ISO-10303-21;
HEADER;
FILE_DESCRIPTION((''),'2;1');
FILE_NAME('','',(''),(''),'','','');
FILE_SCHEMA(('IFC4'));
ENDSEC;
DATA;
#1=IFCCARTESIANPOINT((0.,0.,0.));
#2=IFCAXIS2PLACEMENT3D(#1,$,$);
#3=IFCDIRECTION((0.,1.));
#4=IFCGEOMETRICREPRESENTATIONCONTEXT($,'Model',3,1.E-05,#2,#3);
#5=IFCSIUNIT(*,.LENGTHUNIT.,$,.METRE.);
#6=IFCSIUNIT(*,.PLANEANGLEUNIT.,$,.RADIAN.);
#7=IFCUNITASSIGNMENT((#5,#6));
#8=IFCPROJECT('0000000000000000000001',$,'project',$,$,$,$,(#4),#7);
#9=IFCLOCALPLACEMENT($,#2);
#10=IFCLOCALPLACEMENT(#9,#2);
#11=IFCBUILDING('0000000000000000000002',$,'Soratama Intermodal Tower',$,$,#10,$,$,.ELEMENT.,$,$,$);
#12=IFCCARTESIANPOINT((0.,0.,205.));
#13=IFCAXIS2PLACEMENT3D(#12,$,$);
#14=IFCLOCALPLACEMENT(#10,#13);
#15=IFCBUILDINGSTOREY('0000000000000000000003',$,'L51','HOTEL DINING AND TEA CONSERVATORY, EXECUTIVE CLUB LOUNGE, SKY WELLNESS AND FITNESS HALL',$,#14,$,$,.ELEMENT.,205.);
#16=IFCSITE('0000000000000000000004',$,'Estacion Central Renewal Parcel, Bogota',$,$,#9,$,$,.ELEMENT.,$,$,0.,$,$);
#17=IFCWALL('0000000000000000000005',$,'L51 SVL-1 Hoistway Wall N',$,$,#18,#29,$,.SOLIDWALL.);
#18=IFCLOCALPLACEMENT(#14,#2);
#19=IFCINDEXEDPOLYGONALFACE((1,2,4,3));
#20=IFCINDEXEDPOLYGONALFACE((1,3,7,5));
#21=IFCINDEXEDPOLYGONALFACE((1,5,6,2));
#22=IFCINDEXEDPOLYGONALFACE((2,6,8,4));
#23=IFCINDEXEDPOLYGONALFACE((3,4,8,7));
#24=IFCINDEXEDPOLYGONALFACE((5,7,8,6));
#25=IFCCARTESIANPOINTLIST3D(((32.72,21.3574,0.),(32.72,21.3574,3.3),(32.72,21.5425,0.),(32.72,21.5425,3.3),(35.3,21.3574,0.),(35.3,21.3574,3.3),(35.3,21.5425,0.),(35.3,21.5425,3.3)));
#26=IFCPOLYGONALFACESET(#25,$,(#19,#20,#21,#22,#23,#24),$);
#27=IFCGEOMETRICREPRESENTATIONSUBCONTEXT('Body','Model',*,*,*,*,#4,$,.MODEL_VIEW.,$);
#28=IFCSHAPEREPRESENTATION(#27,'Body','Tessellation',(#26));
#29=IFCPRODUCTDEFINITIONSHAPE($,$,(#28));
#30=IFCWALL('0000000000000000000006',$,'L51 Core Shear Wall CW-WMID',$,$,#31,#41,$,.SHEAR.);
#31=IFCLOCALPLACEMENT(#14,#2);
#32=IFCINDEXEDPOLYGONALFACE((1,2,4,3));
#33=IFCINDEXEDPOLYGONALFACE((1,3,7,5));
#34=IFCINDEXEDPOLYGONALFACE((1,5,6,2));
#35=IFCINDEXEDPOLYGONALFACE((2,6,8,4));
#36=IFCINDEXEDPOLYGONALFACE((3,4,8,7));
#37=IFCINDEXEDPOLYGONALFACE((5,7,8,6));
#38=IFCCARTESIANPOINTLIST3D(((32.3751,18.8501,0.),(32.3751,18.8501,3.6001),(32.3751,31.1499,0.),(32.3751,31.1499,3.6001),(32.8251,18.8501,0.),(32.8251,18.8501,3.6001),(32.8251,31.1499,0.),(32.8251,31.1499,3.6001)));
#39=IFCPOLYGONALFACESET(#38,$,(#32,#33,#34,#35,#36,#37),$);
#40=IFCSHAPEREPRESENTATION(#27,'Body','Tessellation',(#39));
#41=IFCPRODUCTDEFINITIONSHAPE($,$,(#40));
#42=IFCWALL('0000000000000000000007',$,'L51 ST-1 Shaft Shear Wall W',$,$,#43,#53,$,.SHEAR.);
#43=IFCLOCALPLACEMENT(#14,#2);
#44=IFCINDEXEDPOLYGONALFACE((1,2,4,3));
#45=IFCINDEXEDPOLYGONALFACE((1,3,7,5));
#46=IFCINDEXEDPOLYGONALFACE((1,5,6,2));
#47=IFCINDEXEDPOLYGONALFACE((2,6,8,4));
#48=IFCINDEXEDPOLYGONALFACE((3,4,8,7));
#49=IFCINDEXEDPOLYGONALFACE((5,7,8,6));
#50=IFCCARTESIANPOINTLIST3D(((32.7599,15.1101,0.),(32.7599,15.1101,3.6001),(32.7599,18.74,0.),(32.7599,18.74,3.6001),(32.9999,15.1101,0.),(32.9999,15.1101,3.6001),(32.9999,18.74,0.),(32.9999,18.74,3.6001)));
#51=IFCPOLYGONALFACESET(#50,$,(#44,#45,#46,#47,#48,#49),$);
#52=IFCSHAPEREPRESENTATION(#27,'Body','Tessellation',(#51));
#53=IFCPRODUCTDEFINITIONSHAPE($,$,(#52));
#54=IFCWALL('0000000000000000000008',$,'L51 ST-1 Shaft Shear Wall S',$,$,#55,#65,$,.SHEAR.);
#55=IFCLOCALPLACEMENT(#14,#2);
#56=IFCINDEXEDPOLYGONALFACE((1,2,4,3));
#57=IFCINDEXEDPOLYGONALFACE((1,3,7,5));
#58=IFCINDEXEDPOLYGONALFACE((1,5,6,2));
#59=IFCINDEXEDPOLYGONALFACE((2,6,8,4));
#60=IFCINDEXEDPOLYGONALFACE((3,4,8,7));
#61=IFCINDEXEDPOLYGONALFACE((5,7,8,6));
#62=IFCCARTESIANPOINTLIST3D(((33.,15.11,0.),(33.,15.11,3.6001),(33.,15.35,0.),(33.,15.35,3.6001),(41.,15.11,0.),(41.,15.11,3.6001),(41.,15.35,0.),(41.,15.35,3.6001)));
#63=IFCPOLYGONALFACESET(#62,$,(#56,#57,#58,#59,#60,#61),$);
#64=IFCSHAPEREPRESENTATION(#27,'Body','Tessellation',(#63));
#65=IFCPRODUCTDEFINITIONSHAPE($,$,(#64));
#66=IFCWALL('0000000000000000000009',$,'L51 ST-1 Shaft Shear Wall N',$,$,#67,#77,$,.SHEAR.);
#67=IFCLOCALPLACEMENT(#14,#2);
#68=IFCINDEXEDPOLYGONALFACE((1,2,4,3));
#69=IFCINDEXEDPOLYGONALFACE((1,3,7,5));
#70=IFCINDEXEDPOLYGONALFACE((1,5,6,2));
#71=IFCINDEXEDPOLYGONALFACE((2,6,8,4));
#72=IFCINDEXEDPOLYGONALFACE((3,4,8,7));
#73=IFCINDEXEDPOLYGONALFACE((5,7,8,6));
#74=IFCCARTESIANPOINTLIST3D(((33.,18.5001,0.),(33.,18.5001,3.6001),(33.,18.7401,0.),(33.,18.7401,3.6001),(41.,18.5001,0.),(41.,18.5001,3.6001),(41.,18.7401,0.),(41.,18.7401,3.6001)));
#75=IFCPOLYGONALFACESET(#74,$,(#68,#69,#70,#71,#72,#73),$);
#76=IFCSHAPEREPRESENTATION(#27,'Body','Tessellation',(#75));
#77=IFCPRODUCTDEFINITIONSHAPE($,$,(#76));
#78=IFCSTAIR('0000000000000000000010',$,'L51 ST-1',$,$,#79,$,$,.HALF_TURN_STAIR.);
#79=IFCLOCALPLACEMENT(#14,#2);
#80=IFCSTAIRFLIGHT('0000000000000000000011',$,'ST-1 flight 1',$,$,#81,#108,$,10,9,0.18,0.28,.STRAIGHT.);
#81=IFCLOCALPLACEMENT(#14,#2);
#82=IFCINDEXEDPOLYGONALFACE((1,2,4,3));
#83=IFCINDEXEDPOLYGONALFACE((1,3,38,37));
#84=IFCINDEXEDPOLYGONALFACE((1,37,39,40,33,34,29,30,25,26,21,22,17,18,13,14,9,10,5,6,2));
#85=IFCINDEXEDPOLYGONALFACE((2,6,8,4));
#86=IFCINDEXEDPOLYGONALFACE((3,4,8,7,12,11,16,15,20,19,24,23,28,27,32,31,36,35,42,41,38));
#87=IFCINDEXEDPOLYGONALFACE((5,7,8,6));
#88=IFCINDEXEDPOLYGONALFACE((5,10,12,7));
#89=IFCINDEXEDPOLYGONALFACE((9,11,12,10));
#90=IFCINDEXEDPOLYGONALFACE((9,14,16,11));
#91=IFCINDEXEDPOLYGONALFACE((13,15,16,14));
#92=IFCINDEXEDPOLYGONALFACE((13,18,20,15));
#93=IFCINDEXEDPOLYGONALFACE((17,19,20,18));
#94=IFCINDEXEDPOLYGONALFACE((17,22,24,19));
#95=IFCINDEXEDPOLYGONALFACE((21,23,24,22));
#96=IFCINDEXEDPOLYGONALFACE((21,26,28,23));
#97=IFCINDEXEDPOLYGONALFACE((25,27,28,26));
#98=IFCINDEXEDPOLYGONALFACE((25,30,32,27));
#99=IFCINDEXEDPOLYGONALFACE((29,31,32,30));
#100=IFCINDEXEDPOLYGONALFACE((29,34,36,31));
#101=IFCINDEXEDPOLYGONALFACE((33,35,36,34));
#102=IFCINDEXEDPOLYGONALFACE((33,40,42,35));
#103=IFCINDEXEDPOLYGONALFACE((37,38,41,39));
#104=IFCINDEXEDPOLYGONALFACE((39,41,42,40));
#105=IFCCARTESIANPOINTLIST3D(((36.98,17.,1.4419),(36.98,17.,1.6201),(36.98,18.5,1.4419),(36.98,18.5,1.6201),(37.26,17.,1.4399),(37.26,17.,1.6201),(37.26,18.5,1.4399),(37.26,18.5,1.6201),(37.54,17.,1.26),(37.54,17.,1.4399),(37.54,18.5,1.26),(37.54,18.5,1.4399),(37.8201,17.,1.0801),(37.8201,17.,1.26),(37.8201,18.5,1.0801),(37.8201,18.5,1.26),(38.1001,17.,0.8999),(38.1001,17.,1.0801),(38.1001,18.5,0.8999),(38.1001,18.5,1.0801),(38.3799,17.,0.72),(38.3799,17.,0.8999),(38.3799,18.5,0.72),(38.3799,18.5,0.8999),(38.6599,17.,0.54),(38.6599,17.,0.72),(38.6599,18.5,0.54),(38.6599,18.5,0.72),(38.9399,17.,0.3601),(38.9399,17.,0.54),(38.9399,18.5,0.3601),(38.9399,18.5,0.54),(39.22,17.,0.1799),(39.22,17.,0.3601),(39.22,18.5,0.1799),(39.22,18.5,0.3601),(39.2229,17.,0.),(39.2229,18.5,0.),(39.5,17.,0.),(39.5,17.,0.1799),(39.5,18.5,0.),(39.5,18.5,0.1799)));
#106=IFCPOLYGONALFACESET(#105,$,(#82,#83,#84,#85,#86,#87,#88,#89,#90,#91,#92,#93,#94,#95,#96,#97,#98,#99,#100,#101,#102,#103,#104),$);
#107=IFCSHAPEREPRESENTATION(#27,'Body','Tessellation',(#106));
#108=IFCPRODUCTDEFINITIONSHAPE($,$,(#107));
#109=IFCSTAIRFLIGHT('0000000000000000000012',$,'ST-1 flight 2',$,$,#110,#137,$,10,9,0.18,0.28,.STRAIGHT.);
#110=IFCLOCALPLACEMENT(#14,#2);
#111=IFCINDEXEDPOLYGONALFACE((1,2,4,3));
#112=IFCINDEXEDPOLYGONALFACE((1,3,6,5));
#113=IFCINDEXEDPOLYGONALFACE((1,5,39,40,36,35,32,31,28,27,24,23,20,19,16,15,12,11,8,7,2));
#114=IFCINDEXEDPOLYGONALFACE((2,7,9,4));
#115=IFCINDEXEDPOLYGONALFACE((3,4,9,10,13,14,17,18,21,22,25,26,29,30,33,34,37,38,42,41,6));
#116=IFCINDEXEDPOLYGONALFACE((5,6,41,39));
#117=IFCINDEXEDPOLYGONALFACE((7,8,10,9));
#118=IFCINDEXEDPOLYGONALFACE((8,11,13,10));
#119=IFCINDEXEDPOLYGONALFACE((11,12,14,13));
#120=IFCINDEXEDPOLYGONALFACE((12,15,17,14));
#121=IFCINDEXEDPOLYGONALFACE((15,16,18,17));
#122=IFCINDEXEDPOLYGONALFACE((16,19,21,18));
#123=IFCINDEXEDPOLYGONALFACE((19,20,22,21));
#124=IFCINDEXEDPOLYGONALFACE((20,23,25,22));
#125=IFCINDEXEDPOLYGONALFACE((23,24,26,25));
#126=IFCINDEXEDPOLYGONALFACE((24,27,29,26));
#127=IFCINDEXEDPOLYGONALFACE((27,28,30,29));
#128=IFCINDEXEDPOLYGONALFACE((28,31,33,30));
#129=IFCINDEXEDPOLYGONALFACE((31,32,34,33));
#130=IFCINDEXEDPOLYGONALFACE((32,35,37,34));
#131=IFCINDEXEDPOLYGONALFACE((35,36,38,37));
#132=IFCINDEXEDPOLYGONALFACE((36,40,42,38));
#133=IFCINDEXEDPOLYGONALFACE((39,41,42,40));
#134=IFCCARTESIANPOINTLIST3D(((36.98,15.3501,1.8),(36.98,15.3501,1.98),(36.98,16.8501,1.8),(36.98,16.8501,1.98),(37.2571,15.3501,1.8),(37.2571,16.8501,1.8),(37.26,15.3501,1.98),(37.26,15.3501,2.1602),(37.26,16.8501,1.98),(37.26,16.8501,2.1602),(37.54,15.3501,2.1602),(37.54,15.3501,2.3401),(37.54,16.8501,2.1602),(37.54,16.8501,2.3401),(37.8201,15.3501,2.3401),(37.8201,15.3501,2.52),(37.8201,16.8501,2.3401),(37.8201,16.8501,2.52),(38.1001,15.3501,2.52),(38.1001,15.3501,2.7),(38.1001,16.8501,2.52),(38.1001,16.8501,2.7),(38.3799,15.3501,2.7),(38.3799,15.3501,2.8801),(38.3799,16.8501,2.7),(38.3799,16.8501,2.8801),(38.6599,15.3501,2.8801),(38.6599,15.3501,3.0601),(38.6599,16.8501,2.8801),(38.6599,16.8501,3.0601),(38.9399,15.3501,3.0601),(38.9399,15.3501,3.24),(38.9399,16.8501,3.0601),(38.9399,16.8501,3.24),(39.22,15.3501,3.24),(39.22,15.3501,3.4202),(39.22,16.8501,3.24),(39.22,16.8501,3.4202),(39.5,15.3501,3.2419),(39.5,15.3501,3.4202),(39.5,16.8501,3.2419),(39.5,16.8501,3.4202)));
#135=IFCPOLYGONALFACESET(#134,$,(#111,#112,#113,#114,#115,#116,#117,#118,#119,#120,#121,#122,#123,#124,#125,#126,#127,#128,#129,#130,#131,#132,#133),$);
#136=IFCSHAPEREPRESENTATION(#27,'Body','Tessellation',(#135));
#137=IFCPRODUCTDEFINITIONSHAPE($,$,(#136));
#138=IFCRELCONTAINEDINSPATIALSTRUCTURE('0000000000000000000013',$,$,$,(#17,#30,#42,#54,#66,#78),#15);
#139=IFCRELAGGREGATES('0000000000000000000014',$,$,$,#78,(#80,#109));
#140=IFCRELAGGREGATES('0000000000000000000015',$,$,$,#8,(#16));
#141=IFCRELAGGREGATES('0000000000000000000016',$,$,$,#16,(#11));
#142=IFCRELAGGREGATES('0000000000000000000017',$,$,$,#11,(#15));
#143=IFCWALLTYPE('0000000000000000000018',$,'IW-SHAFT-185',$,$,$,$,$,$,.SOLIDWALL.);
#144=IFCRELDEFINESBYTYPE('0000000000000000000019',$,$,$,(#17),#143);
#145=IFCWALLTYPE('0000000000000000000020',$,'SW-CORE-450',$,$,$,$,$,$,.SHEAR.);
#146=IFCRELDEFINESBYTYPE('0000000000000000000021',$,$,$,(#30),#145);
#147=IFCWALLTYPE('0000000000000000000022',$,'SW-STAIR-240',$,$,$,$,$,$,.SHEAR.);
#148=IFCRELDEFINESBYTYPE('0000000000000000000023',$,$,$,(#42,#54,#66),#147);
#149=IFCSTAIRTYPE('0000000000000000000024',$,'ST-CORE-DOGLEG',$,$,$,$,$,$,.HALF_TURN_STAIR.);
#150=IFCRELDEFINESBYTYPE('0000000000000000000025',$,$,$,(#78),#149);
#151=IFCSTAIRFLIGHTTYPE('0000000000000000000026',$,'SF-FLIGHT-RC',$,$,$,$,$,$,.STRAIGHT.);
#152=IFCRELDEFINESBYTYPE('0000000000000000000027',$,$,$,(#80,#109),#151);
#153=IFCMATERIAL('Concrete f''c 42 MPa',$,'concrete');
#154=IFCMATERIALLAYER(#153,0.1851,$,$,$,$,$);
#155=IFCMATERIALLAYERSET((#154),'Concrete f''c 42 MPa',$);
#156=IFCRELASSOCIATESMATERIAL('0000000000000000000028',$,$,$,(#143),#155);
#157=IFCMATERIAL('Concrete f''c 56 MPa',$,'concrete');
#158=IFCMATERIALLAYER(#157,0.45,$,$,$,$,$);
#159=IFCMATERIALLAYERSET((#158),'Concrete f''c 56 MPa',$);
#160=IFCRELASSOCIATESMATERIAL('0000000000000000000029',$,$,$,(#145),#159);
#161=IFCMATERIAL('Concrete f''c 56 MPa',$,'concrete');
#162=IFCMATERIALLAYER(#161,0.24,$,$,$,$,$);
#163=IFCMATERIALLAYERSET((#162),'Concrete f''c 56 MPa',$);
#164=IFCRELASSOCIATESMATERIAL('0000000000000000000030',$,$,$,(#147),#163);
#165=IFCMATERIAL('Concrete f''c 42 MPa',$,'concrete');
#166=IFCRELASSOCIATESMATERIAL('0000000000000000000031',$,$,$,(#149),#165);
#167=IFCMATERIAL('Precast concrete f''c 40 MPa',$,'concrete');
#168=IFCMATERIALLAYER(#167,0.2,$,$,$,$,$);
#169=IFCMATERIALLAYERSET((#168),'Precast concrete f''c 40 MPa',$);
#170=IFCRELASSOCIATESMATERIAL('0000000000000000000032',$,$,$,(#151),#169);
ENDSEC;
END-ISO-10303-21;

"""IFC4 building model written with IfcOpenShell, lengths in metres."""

from ifc_helpers import new_model, si_unit, direction, frame, frame_2d, origin, place, context, subcontext, project, spatial, polyline, rectangle, outline, extrude, material, layer, layer_set, type_object, element, aggregate, save


model = new_model("IFC4")

# Units and contexts
model_context = context("Model", 3, precision=1e-05, world=origin(), true_north=direction((0.0, 1.0)))
body_context = subcontext(model_context, "Body", "Model", "MODEL_VIEW")
ifc_project = project(units=[si_unit("LENGTHUNIT", "METRE"), si_unit("PLANEANGLEUNIT", "RADIAN")], contexts=[model_context])

# Site, building, storey
site_placement = place(None, origin())
site = spatial("IfcSite", under=ifc_project, at=site_placement, Name="Estacion Central Renewal Parcel, Bogota", CompositionType="ELEMENT", RefElevation=0.0)
building_placement = place(site_placement, origin())
building = spatial("IfcBuilding", under=site, at=building_placement, Name="Soratama Intermodal Tower", CompositionType="ELEMENT")
storey_placement = place(building_placement, frame((0.0, 0.0, 205.0)))
storey = spatial("IfcBuildingStorey", under=building, at=storey_placement, Name="L51", Description="HOTEL DINING AND TEA CONSERVATORY, EXECUTIVE CLUB LOUNGE, SKY WELLNESS AND FITNESS HALL", CompositionType="ELEMENT", Elevation=205.0)

# Shared definitions
ifc_material_1 = material(Name="Concrete f'c 42 MPa", Category="concrete")
ifc_layer_1 = layer(ifc_material_1, 0.1851)
ifc_layer_set_1 = layer_set([ifc_layer_1], Name="Concrete f'c 42 MPa")
wall_type_1 = type_object("IfcWallType", Name="IW-SHAFT-185", PredefinedType="SOLIDWALL", material=ifc_layer_set_1)

# Wall
wall_1_placement = place(storey_placement, frame((32.72, 21.45, 0.0), z_axis=(0.0, 0.0, 1.0), x_axis=(1.0, 0.0, 0.0)))
element("IfcWall", 1, at=wall_1_placement, inside=storey, type_object=wall_type_1, Name="L51 SVL-1 Hoistway Wall N", PredefinedType="SOLIDWALL", context=body_context, shape_type="SweptSolid", body=[
    extrude(rectangle(XDim=2.5801, YDim=0.1851, at=frame_2d((1.29, 0.0))), origin(), (0.0, 0.0, 1.0), 3.3),
])

# Walls
ifc_material_2 = material(Name="Concrete f'c 56 MPa", Category="concrete")
ifc_layer_2 = layer(ifc_material_2, 0.45)
ifc_layer_set_2 = layer_set([ifc_layer_2], Name="Concrete f'c 56 MPa")
wall_type_2 = type_object("IfcWallType", Name="SW-CORE-450", PredefinedType="SHEAR", material=ifc_layer_set_2)
wall_2_placement = place(storey_placement, frame((32.6001, 18.8501, 0.0), z_axis=(0.0, 0.0, 1.0), x_axis=(0.0, 1.0, 0.0)))
element("IfcWall", 2, at=wall_2_placement, inside=storey, type_object=wall_type_2, Name="L51 Core Shear Wall CW-WMID", PredefinedType="SHEAR", context=body_context, shape_type="SweptSolid", body=[
    extrude(rectangle(XDim=12.2998, YDim=0.45, at=frame_2d((6.1499, 0.0))), origin(), (0.0, 0.0, 1.0), 3.6001),
])
ifc_material_3 = material(Name="Concrete f'c 56 MPa", Category="concrete")
ifc_layer_3 = layer(ifc_material_3, 0.24)
ifc_layer_set_3 = layer_set([ifc_layer_3], Name="Concrete f'c 56 MPa")
wall_type_3 = type_object("IfcWallType", Name="SW-STAIR-240", PredefinedType="SHEAR", material=ifc_layer_set_3)
wall_3_placement = place(storey_placement, frame((32.8799, 15.1101, 0.0), z_axis=(0.0, 0.0, 1.0), x_axis=(0.0, 1.0, 0.0)))
element("IfcWall", 3, at=wall_3_placement, inside=storey, type_object=wall_type_3, Name="L51 ST-1 Shaft Shear Wall W", PredefinedType="SHEAR", context=body_context, shape_type="SweptSolid", body=[
    extrude(rectangle(XDim=3.6299, YDim=0.24, at=frame_2d((1.8149, 0.0))), origin(), (0.0, 0.0, 1.0), 3.6001),
])
for number, where, z_axis, x_axis, name in (
    (4, (33.0, 15.23, 0.0), (0.0, 0.0, 1.0), (1.0, 0.0, 0.0), "L51 ST-1 Shaft Shear Wall S"),
    (5, (33.0, 18.6201, 0.0), (0.0, 0.0, 1.0), (1.0, 0.0, 0.0), "L51 ST-1 Shaft Shear Wall N"),
):
    element("IfcWall", number, at=place(storey_placement, frame(where, z_axis=z_axis, x_axis=x_axis)), inside=storey, type_object=wall_type_3, Name=name, PredefinedType="SHEAR", context=body_context, shape_type="SweptSolid", body=[
        extrude(rectangle(XDim=8.0, YDim=0.24, at=frame_2d((4.0, 0.0))), origin(), (0.0, 0.0, 1.0), 3.6001),
    ])

# Stair, stair flights
ifc_material_4 = material(Name="Concrete f'c 42 MPa", Category="concrete")
stair_type = type_object("IfcStairType", Name="ST-CORE-DOGLEG", PredefinedType="HALF_TURN_STAIR", material=ifc_material_4)
stair_placement = place(storey_placement, origin())
stair = element("IfcStair", 6, at=stair_placement, inside=storey, type_object=stair_type, Name="L51 ST-1", PredefinedType="HALF_TURN_STAIR")
ifc_material_5 = material(Name="Precast concrete f'c 40 MPa", Category="concrete")
ifc_layer_4 = layer(ifc_material_5, 0.2)
ifc_layer_set_4 = layer_set([ifc_layer_4], Name="Precast concrete f'c 40 MPa")
stair_flight_type = type_object("IfcStairFlightType", Name="SF-FLIGHT-RC", PredefinedType="STRAIGHT", material=ifc_layer_set_4)
stair_flight_1_placement = place(storey_placement, frame((39.5, 17.75, 0.0), z_axis=(0.0, 0.0, 1.0), x_axis=(-1.0, 0.0, 0.0)))
stair_flight_1 = element("IfcStairFlight", 7, at=stair_flight_1_placement, type_object=stair_flight_type, Name="ST-1 flight 1", NumberOfRisers=10, NumberOfTreads=9, PredefinedType="STRAIGHT", RiserHeight=0.18, TreadLength=0.28, context=body_context, shape_type="SweptSolid", body=[
    extrude(outline(polyline([(0.0, 0.0), (0.0, 0.1799), (0.28, 0.1799), (0.28, 0.3601), (0.5601, 0.3601), (0.5601, 0.54), (0.8401, 0.54), (0.8401, 0.72), (1.1201, 0.72), (1.1201, 0.8999), (1.3999, 0.8999), (1.3999, 1.0801), (1.6799, 1.0801), (1.6799, 1.26), (1.96, 1.26), (1.96, 1.4399), (2.24, 1.4399), (2.24, 1.6201), (2.52, 1.6201), (2.52, 1.8), (2.52, 1.4419), (0.2771, 0.0), (0.0, 0.0)])), frame((0.0, 0.75, 0.0), z_axis=(0.0, -1.0, 0.0), x_axis=(1.0, 0.0, 0.0)), (0.0, 0.0, 1.0), 1.5),
])
stair_flight_2_placement = place(storey_placement, frame((36.98, 16.1001, 1.8), z_axis=(0.0, 0.0, 1.0), x_axis=(1.0, 0.0, 0.0)))
stair_flight_2 = element("IfcStairFlight", 8, at=stair_flight_2_placement, type_object=stair_flight_type, Name="ST-1 flight 2", NumberOfRisers=10, NumberOfTreads=9, PredefinedType="STRAIGHT", RiserHeight=0.18, TreadLength=0.28, context=body_context, shape_type="SweptSolid", body=[
    extrude(outline(polyline([(0.0, 0.0), (0.0, 0.1799), (0.28, 0.1799), (0.28, 0.3601), (0.5601, 0.3601), (0.5601, 0.54), (0.8401, 0.54), (0.8401, 0.72), (1.1201, 0.72), (1.1201, 0.8999), (1.3999, 0.8999), (1.3999, 1.0801), (1.6799, 1.0801), (1.6799, 1.26), (1.96, 1.26), (1.96, 1.4399), (2.24, 1.4399), (2.24, 1.6201), (2.52, 1.6201), (2.52, 1.8), (2.52, 1.4419), (0.2771, 0.0), (0.0, 0.0)])), frame((0.0, 0.75, 0.0), z_axis=(0.0, -1.0, 0.0), x_axis=(1.0, 0.0, 0.0)), (0.0, 0.0, 1.0), 1.5),
])
aggregate(stair, [stair_flight_1, stair_flight_2])

save(model, "model.ifc")
